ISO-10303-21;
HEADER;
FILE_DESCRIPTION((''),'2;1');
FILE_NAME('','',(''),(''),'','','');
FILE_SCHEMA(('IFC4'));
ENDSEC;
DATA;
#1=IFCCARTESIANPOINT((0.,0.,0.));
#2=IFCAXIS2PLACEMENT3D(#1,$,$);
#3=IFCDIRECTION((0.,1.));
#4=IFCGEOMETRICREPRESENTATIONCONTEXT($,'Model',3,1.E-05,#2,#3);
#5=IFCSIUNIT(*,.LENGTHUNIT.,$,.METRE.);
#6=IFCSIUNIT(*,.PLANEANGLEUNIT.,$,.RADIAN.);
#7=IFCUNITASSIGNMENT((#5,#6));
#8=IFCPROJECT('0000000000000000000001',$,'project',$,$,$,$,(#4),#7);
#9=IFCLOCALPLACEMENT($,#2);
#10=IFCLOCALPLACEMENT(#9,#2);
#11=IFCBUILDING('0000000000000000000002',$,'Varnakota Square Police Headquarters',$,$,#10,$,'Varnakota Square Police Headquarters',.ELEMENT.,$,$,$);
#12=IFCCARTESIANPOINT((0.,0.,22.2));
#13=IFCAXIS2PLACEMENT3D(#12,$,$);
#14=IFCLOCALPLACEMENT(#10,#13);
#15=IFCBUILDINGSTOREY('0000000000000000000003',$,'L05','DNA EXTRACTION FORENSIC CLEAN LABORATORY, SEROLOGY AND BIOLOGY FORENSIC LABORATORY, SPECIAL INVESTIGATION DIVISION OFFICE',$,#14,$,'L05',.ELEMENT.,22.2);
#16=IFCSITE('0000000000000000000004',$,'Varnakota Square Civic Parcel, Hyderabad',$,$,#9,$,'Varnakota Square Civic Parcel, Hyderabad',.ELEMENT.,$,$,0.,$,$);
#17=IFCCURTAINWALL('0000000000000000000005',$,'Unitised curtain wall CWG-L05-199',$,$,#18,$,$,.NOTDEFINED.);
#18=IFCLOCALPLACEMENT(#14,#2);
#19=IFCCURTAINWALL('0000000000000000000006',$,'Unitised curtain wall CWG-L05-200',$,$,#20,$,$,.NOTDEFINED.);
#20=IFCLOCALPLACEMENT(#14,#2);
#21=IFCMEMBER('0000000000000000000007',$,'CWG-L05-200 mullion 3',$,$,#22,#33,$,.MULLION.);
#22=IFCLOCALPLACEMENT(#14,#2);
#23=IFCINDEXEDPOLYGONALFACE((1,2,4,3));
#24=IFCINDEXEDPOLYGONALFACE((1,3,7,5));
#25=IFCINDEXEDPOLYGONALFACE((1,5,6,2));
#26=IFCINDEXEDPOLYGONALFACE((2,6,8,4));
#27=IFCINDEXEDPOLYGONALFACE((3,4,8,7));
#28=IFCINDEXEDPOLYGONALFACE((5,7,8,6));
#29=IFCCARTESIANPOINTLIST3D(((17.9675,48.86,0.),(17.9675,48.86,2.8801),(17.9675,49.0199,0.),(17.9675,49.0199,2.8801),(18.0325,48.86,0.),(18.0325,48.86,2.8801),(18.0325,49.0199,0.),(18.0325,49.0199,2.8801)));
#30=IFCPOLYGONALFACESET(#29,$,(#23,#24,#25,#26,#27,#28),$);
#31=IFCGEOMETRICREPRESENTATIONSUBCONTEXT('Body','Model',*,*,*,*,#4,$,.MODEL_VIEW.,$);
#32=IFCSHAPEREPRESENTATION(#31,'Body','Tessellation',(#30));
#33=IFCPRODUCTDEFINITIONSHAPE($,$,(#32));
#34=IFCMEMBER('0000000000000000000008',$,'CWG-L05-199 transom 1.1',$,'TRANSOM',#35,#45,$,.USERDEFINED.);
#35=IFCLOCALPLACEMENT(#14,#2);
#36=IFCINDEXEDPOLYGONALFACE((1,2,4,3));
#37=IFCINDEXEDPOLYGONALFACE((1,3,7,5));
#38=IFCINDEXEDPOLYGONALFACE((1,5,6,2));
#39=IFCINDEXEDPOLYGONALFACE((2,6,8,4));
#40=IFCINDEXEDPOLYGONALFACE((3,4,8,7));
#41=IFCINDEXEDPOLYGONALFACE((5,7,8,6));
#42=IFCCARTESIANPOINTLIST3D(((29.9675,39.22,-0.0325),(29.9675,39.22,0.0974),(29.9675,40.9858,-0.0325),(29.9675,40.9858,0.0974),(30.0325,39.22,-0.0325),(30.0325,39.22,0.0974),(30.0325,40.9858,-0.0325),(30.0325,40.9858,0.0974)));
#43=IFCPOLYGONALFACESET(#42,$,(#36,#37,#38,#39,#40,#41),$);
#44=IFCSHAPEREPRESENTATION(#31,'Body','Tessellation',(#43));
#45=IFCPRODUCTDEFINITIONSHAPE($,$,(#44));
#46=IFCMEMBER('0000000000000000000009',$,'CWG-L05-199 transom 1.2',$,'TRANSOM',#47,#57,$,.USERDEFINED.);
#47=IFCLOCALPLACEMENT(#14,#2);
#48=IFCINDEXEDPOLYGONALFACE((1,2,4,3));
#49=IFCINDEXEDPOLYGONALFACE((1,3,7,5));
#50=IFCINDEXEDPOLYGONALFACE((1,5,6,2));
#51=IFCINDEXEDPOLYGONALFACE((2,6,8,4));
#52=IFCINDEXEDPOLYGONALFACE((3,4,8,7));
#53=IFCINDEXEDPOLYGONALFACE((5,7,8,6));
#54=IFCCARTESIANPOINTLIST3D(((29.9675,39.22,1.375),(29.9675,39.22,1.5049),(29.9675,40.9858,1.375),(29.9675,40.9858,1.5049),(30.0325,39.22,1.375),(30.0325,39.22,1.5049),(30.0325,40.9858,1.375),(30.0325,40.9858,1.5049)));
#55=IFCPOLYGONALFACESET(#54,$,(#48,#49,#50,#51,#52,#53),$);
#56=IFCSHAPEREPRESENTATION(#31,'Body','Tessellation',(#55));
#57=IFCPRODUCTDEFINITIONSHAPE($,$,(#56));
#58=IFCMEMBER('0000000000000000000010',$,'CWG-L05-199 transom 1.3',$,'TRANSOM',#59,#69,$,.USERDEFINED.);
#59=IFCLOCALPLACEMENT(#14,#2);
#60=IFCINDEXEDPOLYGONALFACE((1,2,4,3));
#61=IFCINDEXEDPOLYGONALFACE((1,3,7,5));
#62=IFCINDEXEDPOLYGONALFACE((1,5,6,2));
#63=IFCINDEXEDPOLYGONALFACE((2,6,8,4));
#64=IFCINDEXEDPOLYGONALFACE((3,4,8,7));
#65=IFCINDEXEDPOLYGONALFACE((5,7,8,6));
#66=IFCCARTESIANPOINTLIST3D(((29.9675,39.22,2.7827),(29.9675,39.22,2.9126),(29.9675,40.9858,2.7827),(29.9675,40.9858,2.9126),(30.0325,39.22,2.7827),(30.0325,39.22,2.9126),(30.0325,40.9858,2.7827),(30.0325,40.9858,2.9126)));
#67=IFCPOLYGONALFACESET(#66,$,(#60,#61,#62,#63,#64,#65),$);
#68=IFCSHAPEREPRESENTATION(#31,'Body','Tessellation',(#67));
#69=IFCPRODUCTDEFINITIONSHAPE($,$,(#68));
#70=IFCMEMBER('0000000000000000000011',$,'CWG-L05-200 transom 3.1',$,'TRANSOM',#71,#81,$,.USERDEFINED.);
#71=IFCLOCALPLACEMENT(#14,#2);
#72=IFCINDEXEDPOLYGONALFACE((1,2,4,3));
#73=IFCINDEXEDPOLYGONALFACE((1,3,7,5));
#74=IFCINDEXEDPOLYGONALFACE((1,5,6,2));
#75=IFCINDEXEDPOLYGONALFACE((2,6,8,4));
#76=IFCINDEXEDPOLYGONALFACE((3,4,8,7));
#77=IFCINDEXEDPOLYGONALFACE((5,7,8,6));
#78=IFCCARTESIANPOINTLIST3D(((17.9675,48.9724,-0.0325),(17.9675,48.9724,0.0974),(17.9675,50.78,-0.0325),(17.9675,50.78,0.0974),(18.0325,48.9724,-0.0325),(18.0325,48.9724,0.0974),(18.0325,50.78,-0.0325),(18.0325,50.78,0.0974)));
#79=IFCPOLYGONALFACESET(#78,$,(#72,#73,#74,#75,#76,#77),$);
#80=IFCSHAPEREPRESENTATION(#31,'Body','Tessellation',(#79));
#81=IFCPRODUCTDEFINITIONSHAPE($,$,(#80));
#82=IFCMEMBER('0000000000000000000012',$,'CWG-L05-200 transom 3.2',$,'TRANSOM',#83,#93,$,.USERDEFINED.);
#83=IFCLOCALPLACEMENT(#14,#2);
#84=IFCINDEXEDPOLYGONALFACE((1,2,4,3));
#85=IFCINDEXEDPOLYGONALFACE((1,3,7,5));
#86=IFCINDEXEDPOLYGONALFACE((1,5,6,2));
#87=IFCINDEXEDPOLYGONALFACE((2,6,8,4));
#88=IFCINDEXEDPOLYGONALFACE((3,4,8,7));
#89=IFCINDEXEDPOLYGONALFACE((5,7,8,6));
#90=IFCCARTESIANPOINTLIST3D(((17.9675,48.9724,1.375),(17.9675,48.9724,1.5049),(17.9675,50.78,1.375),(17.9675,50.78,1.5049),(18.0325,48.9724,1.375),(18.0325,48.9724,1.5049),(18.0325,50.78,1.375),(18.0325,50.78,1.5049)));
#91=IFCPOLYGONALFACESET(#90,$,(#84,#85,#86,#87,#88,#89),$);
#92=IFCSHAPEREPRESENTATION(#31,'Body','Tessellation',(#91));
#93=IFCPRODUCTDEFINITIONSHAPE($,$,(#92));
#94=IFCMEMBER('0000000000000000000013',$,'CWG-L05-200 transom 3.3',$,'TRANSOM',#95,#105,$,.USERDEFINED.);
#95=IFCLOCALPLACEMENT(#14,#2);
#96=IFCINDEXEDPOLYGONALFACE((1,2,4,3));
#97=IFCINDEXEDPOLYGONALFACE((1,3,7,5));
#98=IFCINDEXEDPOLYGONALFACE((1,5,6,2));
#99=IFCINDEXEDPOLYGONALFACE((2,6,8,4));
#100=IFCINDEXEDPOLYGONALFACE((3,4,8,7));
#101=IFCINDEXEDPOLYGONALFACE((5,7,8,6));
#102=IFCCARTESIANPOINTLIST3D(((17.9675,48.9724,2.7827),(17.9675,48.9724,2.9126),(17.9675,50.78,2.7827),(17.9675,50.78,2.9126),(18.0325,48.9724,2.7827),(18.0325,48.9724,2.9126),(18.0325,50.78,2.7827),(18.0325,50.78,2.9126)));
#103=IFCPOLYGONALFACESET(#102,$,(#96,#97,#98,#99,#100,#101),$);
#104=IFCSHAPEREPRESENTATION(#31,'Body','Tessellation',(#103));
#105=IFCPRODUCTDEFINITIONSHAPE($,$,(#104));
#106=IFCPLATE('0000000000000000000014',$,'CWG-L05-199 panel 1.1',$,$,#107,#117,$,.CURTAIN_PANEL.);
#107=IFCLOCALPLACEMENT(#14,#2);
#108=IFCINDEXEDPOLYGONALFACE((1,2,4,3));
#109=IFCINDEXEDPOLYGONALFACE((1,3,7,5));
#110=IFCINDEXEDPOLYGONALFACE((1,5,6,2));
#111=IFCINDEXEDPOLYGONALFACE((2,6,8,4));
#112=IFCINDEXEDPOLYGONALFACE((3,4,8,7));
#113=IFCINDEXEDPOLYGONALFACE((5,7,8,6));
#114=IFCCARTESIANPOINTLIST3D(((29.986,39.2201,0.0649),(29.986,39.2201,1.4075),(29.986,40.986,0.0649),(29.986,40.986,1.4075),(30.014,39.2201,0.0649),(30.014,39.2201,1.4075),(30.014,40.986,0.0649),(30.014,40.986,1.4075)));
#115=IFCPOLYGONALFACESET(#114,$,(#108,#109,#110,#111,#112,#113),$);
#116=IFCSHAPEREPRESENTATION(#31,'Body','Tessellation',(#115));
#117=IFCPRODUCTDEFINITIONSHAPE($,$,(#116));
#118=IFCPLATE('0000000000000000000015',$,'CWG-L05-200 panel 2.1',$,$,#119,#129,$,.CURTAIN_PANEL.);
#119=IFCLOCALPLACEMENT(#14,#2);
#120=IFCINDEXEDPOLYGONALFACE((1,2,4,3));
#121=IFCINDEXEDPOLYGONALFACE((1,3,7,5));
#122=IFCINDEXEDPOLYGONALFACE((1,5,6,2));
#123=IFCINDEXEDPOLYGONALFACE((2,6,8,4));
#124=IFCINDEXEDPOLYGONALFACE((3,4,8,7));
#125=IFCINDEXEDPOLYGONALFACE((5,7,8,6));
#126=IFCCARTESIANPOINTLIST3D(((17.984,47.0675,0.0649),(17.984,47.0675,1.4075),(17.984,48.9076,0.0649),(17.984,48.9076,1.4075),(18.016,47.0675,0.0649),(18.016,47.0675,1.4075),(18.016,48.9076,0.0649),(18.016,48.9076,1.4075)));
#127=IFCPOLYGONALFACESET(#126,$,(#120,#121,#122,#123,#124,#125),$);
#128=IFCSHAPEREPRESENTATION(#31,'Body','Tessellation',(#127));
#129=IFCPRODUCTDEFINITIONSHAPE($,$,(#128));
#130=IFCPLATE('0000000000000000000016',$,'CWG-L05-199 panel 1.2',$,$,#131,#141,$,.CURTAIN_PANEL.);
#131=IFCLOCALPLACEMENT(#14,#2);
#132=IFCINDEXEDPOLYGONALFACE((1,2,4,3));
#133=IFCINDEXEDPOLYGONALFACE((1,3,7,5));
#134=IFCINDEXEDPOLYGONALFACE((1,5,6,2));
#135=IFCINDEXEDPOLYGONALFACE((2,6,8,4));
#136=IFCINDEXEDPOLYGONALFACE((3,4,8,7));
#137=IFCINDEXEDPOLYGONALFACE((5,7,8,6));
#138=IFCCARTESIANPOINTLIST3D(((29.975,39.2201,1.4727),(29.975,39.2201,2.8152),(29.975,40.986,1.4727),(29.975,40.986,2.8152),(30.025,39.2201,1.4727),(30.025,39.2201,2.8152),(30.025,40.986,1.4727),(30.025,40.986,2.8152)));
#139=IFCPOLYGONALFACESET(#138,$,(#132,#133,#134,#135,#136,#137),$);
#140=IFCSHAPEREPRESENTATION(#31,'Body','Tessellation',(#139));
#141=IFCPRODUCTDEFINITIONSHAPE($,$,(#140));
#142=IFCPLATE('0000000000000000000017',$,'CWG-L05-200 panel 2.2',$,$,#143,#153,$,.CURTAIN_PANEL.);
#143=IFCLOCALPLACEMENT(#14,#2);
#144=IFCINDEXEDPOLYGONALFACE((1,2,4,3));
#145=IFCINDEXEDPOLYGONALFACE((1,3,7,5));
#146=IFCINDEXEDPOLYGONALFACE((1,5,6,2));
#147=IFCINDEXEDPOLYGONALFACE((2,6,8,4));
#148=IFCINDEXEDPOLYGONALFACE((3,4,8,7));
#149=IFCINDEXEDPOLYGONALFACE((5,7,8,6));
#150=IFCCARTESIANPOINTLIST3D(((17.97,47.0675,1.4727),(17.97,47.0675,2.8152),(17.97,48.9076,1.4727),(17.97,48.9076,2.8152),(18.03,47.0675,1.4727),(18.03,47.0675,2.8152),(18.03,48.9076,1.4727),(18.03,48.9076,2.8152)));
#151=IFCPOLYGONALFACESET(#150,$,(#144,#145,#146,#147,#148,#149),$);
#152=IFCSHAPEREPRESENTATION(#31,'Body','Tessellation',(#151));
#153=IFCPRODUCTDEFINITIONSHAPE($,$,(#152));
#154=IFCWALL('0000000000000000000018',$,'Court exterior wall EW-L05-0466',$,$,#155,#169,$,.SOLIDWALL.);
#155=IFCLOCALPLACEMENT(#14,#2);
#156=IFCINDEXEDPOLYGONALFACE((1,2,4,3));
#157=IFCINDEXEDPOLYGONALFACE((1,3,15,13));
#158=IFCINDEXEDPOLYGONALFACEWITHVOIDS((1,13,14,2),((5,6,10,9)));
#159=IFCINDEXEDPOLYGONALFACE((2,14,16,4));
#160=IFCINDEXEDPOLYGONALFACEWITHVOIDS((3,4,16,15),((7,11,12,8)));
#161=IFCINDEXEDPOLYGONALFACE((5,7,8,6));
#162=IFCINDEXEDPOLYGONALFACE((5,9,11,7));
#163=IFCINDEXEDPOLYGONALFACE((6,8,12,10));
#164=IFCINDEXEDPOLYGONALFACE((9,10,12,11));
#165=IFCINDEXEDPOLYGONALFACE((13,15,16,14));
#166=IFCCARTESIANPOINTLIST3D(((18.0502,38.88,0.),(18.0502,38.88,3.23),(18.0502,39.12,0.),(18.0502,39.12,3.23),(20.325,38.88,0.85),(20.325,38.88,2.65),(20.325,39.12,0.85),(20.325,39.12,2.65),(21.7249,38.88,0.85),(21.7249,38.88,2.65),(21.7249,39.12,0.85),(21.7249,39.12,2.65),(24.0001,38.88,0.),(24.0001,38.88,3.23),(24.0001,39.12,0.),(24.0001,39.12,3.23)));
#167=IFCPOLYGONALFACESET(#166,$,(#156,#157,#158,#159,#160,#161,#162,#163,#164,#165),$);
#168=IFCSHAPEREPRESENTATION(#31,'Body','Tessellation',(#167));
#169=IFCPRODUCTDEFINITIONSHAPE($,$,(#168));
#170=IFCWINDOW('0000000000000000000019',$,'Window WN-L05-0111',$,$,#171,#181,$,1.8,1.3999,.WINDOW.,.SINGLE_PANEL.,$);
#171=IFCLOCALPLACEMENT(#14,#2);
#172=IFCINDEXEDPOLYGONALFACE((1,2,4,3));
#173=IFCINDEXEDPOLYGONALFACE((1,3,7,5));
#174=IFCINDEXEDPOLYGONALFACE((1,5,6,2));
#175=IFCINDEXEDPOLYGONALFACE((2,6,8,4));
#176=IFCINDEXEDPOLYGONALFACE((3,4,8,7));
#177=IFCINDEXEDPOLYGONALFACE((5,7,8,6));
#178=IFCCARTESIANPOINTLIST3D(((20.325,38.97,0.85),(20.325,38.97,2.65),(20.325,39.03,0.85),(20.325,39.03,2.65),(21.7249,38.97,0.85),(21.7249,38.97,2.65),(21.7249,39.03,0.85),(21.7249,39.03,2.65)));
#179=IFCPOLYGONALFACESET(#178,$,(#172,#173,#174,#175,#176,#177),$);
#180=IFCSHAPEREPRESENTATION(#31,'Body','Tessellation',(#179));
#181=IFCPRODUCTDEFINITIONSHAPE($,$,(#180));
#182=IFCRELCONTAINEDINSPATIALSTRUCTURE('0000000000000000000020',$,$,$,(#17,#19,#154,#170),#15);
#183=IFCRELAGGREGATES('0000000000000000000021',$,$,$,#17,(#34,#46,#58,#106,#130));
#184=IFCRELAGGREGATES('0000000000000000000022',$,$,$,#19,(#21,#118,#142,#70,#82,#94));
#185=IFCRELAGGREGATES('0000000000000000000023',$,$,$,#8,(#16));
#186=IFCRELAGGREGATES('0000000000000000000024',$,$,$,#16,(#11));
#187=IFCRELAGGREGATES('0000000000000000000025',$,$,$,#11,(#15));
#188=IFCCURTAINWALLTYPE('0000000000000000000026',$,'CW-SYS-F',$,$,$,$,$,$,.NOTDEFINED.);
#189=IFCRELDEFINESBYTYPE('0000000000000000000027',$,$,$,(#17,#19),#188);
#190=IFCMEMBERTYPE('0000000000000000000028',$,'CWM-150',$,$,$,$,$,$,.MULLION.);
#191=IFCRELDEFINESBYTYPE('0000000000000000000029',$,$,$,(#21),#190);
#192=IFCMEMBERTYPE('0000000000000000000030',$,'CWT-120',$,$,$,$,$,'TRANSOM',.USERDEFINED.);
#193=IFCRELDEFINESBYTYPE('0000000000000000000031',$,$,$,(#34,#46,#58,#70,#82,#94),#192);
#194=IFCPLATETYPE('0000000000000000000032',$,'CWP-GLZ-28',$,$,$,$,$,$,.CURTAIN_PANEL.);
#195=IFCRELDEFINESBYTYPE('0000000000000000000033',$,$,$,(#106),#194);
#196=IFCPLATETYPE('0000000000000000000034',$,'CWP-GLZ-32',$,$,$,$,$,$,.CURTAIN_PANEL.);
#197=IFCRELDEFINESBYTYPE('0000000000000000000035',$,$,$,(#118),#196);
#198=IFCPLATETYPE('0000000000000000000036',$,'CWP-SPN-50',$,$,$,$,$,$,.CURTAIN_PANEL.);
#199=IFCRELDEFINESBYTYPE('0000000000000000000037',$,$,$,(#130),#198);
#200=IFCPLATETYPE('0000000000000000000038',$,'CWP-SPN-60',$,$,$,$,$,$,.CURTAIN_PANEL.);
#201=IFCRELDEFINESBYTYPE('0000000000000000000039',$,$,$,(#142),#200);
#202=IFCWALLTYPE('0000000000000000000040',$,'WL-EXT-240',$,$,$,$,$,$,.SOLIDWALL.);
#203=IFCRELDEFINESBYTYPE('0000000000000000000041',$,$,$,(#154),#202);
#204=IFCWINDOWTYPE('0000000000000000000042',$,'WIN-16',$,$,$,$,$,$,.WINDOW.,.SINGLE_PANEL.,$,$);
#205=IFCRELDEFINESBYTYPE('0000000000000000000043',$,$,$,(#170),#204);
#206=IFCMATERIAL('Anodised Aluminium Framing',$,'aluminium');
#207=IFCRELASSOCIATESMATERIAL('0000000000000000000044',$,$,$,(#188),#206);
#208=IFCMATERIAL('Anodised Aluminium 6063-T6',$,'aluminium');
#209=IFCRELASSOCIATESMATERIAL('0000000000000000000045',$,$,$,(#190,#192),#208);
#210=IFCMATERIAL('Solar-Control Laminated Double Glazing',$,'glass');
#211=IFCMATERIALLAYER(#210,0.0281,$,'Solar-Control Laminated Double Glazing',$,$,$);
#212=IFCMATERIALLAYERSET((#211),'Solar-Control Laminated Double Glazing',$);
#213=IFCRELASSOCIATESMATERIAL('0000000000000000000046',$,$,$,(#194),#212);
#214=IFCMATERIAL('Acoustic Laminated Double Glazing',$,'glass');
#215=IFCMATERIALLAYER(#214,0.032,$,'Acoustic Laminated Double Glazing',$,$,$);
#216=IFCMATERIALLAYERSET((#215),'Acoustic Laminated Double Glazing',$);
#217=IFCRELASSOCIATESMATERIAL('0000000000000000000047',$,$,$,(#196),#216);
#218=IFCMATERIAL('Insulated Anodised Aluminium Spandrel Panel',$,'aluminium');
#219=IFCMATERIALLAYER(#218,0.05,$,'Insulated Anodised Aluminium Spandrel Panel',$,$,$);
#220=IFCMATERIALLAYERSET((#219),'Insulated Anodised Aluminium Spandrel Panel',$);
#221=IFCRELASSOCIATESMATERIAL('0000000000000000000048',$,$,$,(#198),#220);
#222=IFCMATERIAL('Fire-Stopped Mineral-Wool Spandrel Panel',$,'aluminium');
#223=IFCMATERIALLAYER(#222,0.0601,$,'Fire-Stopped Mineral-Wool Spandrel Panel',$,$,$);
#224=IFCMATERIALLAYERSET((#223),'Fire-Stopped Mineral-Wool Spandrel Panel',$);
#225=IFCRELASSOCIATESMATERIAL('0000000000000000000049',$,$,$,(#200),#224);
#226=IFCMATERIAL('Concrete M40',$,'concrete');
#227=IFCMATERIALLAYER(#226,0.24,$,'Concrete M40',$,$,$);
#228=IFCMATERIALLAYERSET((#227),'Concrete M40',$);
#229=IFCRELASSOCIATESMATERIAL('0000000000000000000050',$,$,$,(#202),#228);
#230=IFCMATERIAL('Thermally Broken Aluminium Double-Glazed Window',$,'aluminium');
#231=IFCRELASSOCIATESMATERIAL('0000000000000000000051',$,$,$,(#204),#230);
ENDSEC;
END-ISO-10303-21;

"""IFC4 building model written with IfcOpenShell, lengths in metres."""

from ifc_helpers import new_model, si_unit, direction, frame, frame_2d, origin, origin_2d, place, context, subcontext, project, spatial, rectangle, extrude, material, layer, layer_set, material_profile, profile_set, type_object, element, fill, aggregate, save


model = new_model("IFC4")

# Units and contexts
model_context = context("Model", 3, precision=1e-05, world=origin(), true_north=direction((0.0, 1.0)))
body_context = subcontext(model_context, "Body", "Model", "MODEL_VIEW")
ifc_project = project(units=[si_unit("LENGTHUNIT", "METRE"), si_unit("PLANEANGLEUNIT", "RADIAN")], contexts=[model_context])

# Site, building, storey
site_placement = place(None, origin())
site = spatial("IfcSite", under=ifc_project, at=site_placement, Name="Varnakota Square Civic Parcel, Hyderabad", LongName="Varnakota Square Civic Parcel, Hyderabad", CompositionType="ELEMENT", RefElevation=0.0)
building_placement = place(site_placement, origin())
building = spatial("IfcBuilding", under=site, at=building_placement, Name="Varnakota Square Police Headquarters", LongName="Varnakota Square Police Headquarters", CompositionType="ELEMENT")
storey_placement = place(building_placement, frame((0.0, 0.0, 22.2)))
storey = spatial("IfcBuildingStorey", under=building, at=storey_placement, Name="L05", Description="DNA EXTRACTION FORENSIC CLEAN LABORATORY, SEROLOGY AND BIOLOGY FORENSIC LABORATORY, SPECIAL INVESTIGATION DIVISION OFFICE", LongName="L05", CompositionType="ELEMENT", Elevation=22.2)

# Curtain wall
ifc_material_1 = material(Name="Anodised Aluminium Framing", Category="aluminium")
curtain_wall_type = type_object("IfcCurtainWallType", Name="CW-SYS-F", PredefinedType="NOTDEFINED", material=ifc_material_1)
curtain_wall_1_placement = place(storey_placement, origin())
curtain_wall_1 = element("IfcCurtainWall", 1, at=curtain_wall_1_placement, inside=storey, type_object=curtain_wall_type, Name="Unitised curtain wall CWG-L05-199", PredefinedType="NOTDEFINED")
ifc_material_2 = material(Name="Anodised Aluminium 6063-T6", Category="aluminium")
ifc_material_profile_1 = material_profile(ifc_material_2, rectangle(XDim=0.0649, YDim=0.1599, at=origin_2d()), Name="ALU MULLION 65x160")
ifc_profile_set_1 = profile_set([ifc_material_profile_1], Name="Anodised Aluminium 6063-T6")
member_type_1 = type_object("IfcMemberType", Name="CWM-150", PredefinedType="MULLION", material=ifc_profile_set_1)

# Curtain wall, member
curtain_wall_2_placement = place(storey_placement, origin())
curtain_wall_2 = element("IfcCurtainWall", 2, at=curtain_wall_2_placement, inside=storey, type_object=curtain_wall_type, Name="Unitised curtain wall CWG-L05-200", PredefinedType="NOTDEFINED")
member_1_placement = place(storey_placement, frame((18.0, 48.9399, 0.0), z_axis=(0.0, 0.0, 1.0), x_axis=(-1.0, 0.0, 0.0)))
member_1 = element("IfcMember", 3, at=member_1_placement, type_object=member_type_1, Name="CWG-L05-200 mullion 3", PredefinedType="MULLION", context=body_context, shape_type="SweptSolid", body=[
    extrude(rectangle(XDim=0.0649, YDim=0.1599, at=origin_2d()), origin(), (0.0, 0.0, 1.0), 2.8801),
])

# Members
ifc_material_profile_2 = material_profile(ifc_material_2, rectangle(XDim=0.0649, YDim=0.1299, at=origin_2d()), Name="ALU TRANSOM 65x130")
ifc_profile_set_2 = profile_set([ifc_material_profile_2], Name="Anodised Aluminium 6063-T6")
member_type_2 = type_object("IfcMemberType", Name="CWT-120", ElementType="TRANSOM", PredefinedType="USERDEFINED", material=ifc_profile_set_2)
member_2_placement = place(storey_placement, frame((30.0, 39.22, 0.0325), z_axis=(0.0, 1.0, 0.0), x_axis=(-1.0, 0.0, 0.0)))
member_2 = element("IfcMember", 4, at=member_2_placement, type_object=member_type_2, Name="CWG-L05-199 transom 1.1", ObjectType="TRANSOM", PredefinedType="USERDEFINED", context=body_context, shape_type="SweptSolid", body=[
    extrude(rectangle(XDim=0.0649, YDim=0.1299, at=origin_2d()), origin(), (0.0, 0.0, 1.0), 1.7659),
])
member_3_placement = place(storey_placement, frame((30.0, 39.22, 1.4399), z_axis=(0.0, 1.0, 0.0), x_axis=(-1.0, 0.0, 0.0)))
member_3 = element("IfcMember", 5, at=member_3_placement, type_object=member_type_2, Name="CWG-L05-199 transom 1.2", ObjectType="TRANSOM", PredefinedType="USERDEFINED", context=body_context, shape_type="SweptSolid", body=[
    extrude(rectangle(XDim=0.0649, YDim=0.1299, at=origin_2d()), origin(), (0.0, 0.0, 1.0), 1.7659),
])
member_4_placement = place(storey_placement, frame((30.0, 39.22, 2.8477), z_axis=(0.0, 1.0, 0.0), x_axis=(-1.0, 0.0, 0.0)))
member_4 = element("IfcMember", 6, at=member_4_placement, type_object=member_type_2, Name="CWG-L05-199 transom 1.3", ObjectType="TRANSOM", PredefinedType="USERDEFINED", context=body_context, shape_type="SweptSolid", body=[
    extrude(rectangle(XDim=0.0649, YDim=0.1299, at=origin_2d()), origin(), (0.0, 0.0, 1.0), 1.7659),
])
member_5_placement = place(storey_placement, frame((18.0, 48.9724, 0.0325), z_axis=(0.0, 1.0, 0.0), x_axis=(-1.0, 0.0, 0.0)))
member_5 = element("IfcMember", 7, at=member_5_placement, type_object=member_type_2, Name="CWG-L05-200 transom 3.1", ObjectType="TRANSOM", PredefinedType="USERDEFINED", context=body_context, shape_type="SweptSolid", body=[
    extrude(rectangle(XDim=0.0649, YDim=0.1299, at=origin_2d()), origin(), (0.0, 0.0, 1.0), 1.8076),
])
member_6_placement = place(storey_placement, frame((18.0, 48.9724, 1.4399), z_axis=(0.0, 1.0, 0.0), x_axis=(-1.0, 0.0, 0.0)))
member_6 = element("IfcMember", 8, at=member_6_placement, type_object=member_type_2, Name="CWG-L05-200 transom 3.2", ObjectType="TRANSOM", PredefinedType="USERDEFINED", context=body_context, shape_type="SweptSolid", body=[
    extrude(rectangle(XDim=0.0649, YDim=0.1299, at=origin_2d()), origin(), (0.0, 0.0, 1.0), 1.8076),
])
member_7_placement = place(storey_placement, frame((18.0, 48.9724, 2.8477), z_axis=(0.0, 1.0, 0.0), x_axis=(-1.0, 0.0, 0.0)))
member_7 = element("IfcMember", 9, at=member_7_placement, type_object=member_type_2, Name="CWG-L05-200 transom 3.3", ObjectType="TRANSOM", PredefinedType="USERDEFINED", context=body_context, shape_type="SweptSolid", body=[
    extrude(rectangle(XDim=0.0649, YDim=0.1299, at=origin_2d()), origin(), (0.0, 0.0, 1.0), 1.8076),
])

# Plates
ifc_material_3 = material(Name="Solar-Control Laminated Double Glazing", Category="glass")
ifc_layer_1 = layer(ifc_material_3, 0.0281, Name="Solar-Control Laminated Double Glazing")
ifc_layer_set_1 = layer_set([ifc_layer_1], Name="Solar-Control Laminated Double Glazing")
plate_type_1 = type_object("IfcPlateType", Name="CWP-GLZ-28", PredefinedType="CURTAIN_PANEL", material=ifc_layer_set_1)
plate_1_placement = place(storey_placement, frame((30.0, 40.103, 0.0649), z_axis=(0.0, 0.0, 1.0), x_axis=(0.0, 1.0, 0.0)))
plate_1 = element("IfcPlate", 10, at=plate_1_placement, type_object=plate_type_1, Name="CWG-L05-199 panel 1.1", PredefinedType="CURTAIN_PANEL", context=body_context, shape_type="SweptSolid", body=[
    extrude(rectangle(XDim=1.7659, YDim=0.0281, at=origin_2d()), origin(), (0.0, 0.0, 1.0), 1.3425),
])
ifc_material_4 = material(Name="Acoustic Laminated Double Glazing", Category="glass")
ifc_layer_2 = layer(ifc_material_4, 0.032, Name="Acoustic Laminated Double Glazing")
ifc_layer_set_2 = layer_set([ifc_layer_2], Name="Acoustic Laminated Double Glazing")
plate_type_2 = type_object("IfcPlateType", Name="CWP-GLZ-32", PredefinedType="CURTAIN_PANEL", material=ifc_layer_set_2)
plate_2_placement = place(storey_placement, frame((18.0, 47.9875, 0.0649), z_axis=(0.0, 0.0, 1.0), x_axis=(0.0, 1.0, 0.0)))
plate_2 = element("IfcPlate", 11, at=plate_2_placement, type_object=plate_type_2, Name="CWG-L05-200 panel 2.1", PredefinedType="CURTAIN_PANEL", context=body_context, shape_type="SweptSolid", body=[
    extrude(rectangle(XDim=1.8401, YDim=0.032, at=origin_2d()), origin(), (0.0, 0.0, 1.0), 1.3425),
])
ifc_material_5 = material(Name="Insulated Anodised Aluminium Spandrel Panel", Category="aluminium")
ifc_layer_3 = layer(ifc_material_5, 0.05, Name="Insulated Anodised Aluminium Spandrel Panel")
ifc_layer_set_3 = layer_set([ifc_layer_3], Name="Insulated Anodised Aluminium Spandrel Panel")
plate_type_3 = type_object("IfcPlateType", Name="CWP-SPN-50", PredefinedType="CURTAIN_PANEL", material=ifc_layer_set_3)
plate_3_placement = place(storey_placement, frame((30.0, 40.103, 1.4727), z_axis=(0.0, 0.0, 1.0), x_axis=(0.0, 1.0, 0.0)))
plate_3 = element("IfcPlate", 12, at=plate_3_placement, type_object=plate_type_3, Name="CWG-L05-199 panel 1.2", PredefinedType="CURTAIN_PANEL", context=body_context, shape_type="SweptSolid", body=[
    extrude(rectangle(XDim=1.7659, YDim=0.05, at=origin_2d()), origin(), (0.0, 0.0, 1.0), 1.3425),
])
aggregate(curtain_wall_1, [member_2, member_3, member_4, plate_1, plate_3])
ifc_material_6 = material(Name="Fire-Stopped Mineral-Wool Spandrel Panel", Category="aluminium")
ifc_layer_4 = layer(ifc_material_6, 0.0601, Name="Fire-Stopped Mineral-Wool Spandrel Panel")
ifc_layer_set_4 = layer_set([ifc_layer_4], Name="Fire-Stopped Mineral-Wool Spandrel Panel")
plate_type_4 = type_object("IfcPlateType", Name="CWP-SPN-60", PredefinedType="CURTAIN_PANEL", material=ifc_layer_set_4)
plate_4_placement = place(storey_placement, frame((18.0, 47.9875, 1.4727), z_axis=(0.0, 0.0, 1.0), x_axis=(0.0, 1.0, 0.0)))
plate_4 = element("IfcPlate", 13, at=plate_4_placement, type_object=plate_type_4, Name="CWG-L05-200 panel 2.2", PredefinedType="CURTAIN_PANEL", context=body_context, shape_type="SweptSolid", body=[
    extrude(rectangle(XDim=1.8401, YDim=0.0601, at=origin_2d()), origin(), (0.0, 0.0, 1.0), 1.3425),
])
aggregate(curtain_wall_2, [member_1, plate_2, plate_4, member_5, member_6, member_7])

# Wall, opening, window
ifc_material_7 = material(Name="Concrete M40", Category="concrete")
ifc_layer_5 = layer(ifc_material_7, 0.24, Name="Concrete M40")
ifc_layer_set_5 = layer_set([ifc_layer_5], Name="Concrete M40")
wall_type = type_object("IfcWallType", Name="WL-EXT-240", PredefinedType="SOLIDWALL", material=ifc_layer_set_5)
wall_1_placement = place(storey_placement, frame((18.05, 39.0, 0.0), z_axis=(0.0, 0.0, 1.0), x_axis=(1.0, 0.0, 0.0)))
wall_1 = element("IfcWall", 14, at=wall_1_placement, inside=storey, type_object=wall_type, Name="Court exterior wall EW-L05-0466", PredefinedType="SOLIDWALL", context=body_context, shape_type="SweptSolid", body=[
    extrude(rectangle(XDim=5.95, YDim=0.24, at=frame_2d((2.9751, 0.0))), origin(), (0.0, 0.0, 1.0), 3.23),
])
opening_1_placement = place(wall_1_placement, frame((2.2749, 0.0, 0.8501)))
opening_1 = element("IfcOpeningElement", 15, at=opening_1_placement, cuts=wall_1, PredefinedType="OPENING", context=body_context, shape_type="SweptSolid", body=[
    extrude(rectangle(XDim=1.3999, YDim=1.8, at=frame_2d((0.7, 0.8999))), frame((0.0, 0.1299, 0.0), z_axis=(0.0, -1.0, 0.0), x_axis=(1.0, 0.0, 0.0)), (0.0, 0.0, 1.0), 0.26),
])
ifc_material_8 = material(Name="Thermally Broken Aluminium Double-Glazed Window", Category="aluminium")
window_type = type_object("IfcWindowType", Name="WIN-16", PartitioningType="SINGLE_PANEL", PredefinedType="WINDOW", material=ifc_material_8)
window_1_placement = place(opening_1_placement, origin())
window_1 = element("IfcWindow", 16, at=window_1_placement, inside=storey, type_object=window_type, Name="Window WN-L05-0111", OverallHeight=1.8, OverallWidth=1.3999, PartitioningType="SINGLE_PANEL", PredefinedType="WINDOW", context=body_context, shape_type="SweptSolid", body=[
    extrude(rectangle(XDim=1.3999, YDim=1.8, at=frame_2d((0.7, 0.8999))), frame((0.0, 0.03, 0.0), z_axis=(0.0, -1.0, 0.0), x_axis=(1.0, 0.0, 0.0)), (0.0, 0.0, 1.0), 0.0601),
])
fill(opening_1, window_1)

save(model, "model.ifc")
